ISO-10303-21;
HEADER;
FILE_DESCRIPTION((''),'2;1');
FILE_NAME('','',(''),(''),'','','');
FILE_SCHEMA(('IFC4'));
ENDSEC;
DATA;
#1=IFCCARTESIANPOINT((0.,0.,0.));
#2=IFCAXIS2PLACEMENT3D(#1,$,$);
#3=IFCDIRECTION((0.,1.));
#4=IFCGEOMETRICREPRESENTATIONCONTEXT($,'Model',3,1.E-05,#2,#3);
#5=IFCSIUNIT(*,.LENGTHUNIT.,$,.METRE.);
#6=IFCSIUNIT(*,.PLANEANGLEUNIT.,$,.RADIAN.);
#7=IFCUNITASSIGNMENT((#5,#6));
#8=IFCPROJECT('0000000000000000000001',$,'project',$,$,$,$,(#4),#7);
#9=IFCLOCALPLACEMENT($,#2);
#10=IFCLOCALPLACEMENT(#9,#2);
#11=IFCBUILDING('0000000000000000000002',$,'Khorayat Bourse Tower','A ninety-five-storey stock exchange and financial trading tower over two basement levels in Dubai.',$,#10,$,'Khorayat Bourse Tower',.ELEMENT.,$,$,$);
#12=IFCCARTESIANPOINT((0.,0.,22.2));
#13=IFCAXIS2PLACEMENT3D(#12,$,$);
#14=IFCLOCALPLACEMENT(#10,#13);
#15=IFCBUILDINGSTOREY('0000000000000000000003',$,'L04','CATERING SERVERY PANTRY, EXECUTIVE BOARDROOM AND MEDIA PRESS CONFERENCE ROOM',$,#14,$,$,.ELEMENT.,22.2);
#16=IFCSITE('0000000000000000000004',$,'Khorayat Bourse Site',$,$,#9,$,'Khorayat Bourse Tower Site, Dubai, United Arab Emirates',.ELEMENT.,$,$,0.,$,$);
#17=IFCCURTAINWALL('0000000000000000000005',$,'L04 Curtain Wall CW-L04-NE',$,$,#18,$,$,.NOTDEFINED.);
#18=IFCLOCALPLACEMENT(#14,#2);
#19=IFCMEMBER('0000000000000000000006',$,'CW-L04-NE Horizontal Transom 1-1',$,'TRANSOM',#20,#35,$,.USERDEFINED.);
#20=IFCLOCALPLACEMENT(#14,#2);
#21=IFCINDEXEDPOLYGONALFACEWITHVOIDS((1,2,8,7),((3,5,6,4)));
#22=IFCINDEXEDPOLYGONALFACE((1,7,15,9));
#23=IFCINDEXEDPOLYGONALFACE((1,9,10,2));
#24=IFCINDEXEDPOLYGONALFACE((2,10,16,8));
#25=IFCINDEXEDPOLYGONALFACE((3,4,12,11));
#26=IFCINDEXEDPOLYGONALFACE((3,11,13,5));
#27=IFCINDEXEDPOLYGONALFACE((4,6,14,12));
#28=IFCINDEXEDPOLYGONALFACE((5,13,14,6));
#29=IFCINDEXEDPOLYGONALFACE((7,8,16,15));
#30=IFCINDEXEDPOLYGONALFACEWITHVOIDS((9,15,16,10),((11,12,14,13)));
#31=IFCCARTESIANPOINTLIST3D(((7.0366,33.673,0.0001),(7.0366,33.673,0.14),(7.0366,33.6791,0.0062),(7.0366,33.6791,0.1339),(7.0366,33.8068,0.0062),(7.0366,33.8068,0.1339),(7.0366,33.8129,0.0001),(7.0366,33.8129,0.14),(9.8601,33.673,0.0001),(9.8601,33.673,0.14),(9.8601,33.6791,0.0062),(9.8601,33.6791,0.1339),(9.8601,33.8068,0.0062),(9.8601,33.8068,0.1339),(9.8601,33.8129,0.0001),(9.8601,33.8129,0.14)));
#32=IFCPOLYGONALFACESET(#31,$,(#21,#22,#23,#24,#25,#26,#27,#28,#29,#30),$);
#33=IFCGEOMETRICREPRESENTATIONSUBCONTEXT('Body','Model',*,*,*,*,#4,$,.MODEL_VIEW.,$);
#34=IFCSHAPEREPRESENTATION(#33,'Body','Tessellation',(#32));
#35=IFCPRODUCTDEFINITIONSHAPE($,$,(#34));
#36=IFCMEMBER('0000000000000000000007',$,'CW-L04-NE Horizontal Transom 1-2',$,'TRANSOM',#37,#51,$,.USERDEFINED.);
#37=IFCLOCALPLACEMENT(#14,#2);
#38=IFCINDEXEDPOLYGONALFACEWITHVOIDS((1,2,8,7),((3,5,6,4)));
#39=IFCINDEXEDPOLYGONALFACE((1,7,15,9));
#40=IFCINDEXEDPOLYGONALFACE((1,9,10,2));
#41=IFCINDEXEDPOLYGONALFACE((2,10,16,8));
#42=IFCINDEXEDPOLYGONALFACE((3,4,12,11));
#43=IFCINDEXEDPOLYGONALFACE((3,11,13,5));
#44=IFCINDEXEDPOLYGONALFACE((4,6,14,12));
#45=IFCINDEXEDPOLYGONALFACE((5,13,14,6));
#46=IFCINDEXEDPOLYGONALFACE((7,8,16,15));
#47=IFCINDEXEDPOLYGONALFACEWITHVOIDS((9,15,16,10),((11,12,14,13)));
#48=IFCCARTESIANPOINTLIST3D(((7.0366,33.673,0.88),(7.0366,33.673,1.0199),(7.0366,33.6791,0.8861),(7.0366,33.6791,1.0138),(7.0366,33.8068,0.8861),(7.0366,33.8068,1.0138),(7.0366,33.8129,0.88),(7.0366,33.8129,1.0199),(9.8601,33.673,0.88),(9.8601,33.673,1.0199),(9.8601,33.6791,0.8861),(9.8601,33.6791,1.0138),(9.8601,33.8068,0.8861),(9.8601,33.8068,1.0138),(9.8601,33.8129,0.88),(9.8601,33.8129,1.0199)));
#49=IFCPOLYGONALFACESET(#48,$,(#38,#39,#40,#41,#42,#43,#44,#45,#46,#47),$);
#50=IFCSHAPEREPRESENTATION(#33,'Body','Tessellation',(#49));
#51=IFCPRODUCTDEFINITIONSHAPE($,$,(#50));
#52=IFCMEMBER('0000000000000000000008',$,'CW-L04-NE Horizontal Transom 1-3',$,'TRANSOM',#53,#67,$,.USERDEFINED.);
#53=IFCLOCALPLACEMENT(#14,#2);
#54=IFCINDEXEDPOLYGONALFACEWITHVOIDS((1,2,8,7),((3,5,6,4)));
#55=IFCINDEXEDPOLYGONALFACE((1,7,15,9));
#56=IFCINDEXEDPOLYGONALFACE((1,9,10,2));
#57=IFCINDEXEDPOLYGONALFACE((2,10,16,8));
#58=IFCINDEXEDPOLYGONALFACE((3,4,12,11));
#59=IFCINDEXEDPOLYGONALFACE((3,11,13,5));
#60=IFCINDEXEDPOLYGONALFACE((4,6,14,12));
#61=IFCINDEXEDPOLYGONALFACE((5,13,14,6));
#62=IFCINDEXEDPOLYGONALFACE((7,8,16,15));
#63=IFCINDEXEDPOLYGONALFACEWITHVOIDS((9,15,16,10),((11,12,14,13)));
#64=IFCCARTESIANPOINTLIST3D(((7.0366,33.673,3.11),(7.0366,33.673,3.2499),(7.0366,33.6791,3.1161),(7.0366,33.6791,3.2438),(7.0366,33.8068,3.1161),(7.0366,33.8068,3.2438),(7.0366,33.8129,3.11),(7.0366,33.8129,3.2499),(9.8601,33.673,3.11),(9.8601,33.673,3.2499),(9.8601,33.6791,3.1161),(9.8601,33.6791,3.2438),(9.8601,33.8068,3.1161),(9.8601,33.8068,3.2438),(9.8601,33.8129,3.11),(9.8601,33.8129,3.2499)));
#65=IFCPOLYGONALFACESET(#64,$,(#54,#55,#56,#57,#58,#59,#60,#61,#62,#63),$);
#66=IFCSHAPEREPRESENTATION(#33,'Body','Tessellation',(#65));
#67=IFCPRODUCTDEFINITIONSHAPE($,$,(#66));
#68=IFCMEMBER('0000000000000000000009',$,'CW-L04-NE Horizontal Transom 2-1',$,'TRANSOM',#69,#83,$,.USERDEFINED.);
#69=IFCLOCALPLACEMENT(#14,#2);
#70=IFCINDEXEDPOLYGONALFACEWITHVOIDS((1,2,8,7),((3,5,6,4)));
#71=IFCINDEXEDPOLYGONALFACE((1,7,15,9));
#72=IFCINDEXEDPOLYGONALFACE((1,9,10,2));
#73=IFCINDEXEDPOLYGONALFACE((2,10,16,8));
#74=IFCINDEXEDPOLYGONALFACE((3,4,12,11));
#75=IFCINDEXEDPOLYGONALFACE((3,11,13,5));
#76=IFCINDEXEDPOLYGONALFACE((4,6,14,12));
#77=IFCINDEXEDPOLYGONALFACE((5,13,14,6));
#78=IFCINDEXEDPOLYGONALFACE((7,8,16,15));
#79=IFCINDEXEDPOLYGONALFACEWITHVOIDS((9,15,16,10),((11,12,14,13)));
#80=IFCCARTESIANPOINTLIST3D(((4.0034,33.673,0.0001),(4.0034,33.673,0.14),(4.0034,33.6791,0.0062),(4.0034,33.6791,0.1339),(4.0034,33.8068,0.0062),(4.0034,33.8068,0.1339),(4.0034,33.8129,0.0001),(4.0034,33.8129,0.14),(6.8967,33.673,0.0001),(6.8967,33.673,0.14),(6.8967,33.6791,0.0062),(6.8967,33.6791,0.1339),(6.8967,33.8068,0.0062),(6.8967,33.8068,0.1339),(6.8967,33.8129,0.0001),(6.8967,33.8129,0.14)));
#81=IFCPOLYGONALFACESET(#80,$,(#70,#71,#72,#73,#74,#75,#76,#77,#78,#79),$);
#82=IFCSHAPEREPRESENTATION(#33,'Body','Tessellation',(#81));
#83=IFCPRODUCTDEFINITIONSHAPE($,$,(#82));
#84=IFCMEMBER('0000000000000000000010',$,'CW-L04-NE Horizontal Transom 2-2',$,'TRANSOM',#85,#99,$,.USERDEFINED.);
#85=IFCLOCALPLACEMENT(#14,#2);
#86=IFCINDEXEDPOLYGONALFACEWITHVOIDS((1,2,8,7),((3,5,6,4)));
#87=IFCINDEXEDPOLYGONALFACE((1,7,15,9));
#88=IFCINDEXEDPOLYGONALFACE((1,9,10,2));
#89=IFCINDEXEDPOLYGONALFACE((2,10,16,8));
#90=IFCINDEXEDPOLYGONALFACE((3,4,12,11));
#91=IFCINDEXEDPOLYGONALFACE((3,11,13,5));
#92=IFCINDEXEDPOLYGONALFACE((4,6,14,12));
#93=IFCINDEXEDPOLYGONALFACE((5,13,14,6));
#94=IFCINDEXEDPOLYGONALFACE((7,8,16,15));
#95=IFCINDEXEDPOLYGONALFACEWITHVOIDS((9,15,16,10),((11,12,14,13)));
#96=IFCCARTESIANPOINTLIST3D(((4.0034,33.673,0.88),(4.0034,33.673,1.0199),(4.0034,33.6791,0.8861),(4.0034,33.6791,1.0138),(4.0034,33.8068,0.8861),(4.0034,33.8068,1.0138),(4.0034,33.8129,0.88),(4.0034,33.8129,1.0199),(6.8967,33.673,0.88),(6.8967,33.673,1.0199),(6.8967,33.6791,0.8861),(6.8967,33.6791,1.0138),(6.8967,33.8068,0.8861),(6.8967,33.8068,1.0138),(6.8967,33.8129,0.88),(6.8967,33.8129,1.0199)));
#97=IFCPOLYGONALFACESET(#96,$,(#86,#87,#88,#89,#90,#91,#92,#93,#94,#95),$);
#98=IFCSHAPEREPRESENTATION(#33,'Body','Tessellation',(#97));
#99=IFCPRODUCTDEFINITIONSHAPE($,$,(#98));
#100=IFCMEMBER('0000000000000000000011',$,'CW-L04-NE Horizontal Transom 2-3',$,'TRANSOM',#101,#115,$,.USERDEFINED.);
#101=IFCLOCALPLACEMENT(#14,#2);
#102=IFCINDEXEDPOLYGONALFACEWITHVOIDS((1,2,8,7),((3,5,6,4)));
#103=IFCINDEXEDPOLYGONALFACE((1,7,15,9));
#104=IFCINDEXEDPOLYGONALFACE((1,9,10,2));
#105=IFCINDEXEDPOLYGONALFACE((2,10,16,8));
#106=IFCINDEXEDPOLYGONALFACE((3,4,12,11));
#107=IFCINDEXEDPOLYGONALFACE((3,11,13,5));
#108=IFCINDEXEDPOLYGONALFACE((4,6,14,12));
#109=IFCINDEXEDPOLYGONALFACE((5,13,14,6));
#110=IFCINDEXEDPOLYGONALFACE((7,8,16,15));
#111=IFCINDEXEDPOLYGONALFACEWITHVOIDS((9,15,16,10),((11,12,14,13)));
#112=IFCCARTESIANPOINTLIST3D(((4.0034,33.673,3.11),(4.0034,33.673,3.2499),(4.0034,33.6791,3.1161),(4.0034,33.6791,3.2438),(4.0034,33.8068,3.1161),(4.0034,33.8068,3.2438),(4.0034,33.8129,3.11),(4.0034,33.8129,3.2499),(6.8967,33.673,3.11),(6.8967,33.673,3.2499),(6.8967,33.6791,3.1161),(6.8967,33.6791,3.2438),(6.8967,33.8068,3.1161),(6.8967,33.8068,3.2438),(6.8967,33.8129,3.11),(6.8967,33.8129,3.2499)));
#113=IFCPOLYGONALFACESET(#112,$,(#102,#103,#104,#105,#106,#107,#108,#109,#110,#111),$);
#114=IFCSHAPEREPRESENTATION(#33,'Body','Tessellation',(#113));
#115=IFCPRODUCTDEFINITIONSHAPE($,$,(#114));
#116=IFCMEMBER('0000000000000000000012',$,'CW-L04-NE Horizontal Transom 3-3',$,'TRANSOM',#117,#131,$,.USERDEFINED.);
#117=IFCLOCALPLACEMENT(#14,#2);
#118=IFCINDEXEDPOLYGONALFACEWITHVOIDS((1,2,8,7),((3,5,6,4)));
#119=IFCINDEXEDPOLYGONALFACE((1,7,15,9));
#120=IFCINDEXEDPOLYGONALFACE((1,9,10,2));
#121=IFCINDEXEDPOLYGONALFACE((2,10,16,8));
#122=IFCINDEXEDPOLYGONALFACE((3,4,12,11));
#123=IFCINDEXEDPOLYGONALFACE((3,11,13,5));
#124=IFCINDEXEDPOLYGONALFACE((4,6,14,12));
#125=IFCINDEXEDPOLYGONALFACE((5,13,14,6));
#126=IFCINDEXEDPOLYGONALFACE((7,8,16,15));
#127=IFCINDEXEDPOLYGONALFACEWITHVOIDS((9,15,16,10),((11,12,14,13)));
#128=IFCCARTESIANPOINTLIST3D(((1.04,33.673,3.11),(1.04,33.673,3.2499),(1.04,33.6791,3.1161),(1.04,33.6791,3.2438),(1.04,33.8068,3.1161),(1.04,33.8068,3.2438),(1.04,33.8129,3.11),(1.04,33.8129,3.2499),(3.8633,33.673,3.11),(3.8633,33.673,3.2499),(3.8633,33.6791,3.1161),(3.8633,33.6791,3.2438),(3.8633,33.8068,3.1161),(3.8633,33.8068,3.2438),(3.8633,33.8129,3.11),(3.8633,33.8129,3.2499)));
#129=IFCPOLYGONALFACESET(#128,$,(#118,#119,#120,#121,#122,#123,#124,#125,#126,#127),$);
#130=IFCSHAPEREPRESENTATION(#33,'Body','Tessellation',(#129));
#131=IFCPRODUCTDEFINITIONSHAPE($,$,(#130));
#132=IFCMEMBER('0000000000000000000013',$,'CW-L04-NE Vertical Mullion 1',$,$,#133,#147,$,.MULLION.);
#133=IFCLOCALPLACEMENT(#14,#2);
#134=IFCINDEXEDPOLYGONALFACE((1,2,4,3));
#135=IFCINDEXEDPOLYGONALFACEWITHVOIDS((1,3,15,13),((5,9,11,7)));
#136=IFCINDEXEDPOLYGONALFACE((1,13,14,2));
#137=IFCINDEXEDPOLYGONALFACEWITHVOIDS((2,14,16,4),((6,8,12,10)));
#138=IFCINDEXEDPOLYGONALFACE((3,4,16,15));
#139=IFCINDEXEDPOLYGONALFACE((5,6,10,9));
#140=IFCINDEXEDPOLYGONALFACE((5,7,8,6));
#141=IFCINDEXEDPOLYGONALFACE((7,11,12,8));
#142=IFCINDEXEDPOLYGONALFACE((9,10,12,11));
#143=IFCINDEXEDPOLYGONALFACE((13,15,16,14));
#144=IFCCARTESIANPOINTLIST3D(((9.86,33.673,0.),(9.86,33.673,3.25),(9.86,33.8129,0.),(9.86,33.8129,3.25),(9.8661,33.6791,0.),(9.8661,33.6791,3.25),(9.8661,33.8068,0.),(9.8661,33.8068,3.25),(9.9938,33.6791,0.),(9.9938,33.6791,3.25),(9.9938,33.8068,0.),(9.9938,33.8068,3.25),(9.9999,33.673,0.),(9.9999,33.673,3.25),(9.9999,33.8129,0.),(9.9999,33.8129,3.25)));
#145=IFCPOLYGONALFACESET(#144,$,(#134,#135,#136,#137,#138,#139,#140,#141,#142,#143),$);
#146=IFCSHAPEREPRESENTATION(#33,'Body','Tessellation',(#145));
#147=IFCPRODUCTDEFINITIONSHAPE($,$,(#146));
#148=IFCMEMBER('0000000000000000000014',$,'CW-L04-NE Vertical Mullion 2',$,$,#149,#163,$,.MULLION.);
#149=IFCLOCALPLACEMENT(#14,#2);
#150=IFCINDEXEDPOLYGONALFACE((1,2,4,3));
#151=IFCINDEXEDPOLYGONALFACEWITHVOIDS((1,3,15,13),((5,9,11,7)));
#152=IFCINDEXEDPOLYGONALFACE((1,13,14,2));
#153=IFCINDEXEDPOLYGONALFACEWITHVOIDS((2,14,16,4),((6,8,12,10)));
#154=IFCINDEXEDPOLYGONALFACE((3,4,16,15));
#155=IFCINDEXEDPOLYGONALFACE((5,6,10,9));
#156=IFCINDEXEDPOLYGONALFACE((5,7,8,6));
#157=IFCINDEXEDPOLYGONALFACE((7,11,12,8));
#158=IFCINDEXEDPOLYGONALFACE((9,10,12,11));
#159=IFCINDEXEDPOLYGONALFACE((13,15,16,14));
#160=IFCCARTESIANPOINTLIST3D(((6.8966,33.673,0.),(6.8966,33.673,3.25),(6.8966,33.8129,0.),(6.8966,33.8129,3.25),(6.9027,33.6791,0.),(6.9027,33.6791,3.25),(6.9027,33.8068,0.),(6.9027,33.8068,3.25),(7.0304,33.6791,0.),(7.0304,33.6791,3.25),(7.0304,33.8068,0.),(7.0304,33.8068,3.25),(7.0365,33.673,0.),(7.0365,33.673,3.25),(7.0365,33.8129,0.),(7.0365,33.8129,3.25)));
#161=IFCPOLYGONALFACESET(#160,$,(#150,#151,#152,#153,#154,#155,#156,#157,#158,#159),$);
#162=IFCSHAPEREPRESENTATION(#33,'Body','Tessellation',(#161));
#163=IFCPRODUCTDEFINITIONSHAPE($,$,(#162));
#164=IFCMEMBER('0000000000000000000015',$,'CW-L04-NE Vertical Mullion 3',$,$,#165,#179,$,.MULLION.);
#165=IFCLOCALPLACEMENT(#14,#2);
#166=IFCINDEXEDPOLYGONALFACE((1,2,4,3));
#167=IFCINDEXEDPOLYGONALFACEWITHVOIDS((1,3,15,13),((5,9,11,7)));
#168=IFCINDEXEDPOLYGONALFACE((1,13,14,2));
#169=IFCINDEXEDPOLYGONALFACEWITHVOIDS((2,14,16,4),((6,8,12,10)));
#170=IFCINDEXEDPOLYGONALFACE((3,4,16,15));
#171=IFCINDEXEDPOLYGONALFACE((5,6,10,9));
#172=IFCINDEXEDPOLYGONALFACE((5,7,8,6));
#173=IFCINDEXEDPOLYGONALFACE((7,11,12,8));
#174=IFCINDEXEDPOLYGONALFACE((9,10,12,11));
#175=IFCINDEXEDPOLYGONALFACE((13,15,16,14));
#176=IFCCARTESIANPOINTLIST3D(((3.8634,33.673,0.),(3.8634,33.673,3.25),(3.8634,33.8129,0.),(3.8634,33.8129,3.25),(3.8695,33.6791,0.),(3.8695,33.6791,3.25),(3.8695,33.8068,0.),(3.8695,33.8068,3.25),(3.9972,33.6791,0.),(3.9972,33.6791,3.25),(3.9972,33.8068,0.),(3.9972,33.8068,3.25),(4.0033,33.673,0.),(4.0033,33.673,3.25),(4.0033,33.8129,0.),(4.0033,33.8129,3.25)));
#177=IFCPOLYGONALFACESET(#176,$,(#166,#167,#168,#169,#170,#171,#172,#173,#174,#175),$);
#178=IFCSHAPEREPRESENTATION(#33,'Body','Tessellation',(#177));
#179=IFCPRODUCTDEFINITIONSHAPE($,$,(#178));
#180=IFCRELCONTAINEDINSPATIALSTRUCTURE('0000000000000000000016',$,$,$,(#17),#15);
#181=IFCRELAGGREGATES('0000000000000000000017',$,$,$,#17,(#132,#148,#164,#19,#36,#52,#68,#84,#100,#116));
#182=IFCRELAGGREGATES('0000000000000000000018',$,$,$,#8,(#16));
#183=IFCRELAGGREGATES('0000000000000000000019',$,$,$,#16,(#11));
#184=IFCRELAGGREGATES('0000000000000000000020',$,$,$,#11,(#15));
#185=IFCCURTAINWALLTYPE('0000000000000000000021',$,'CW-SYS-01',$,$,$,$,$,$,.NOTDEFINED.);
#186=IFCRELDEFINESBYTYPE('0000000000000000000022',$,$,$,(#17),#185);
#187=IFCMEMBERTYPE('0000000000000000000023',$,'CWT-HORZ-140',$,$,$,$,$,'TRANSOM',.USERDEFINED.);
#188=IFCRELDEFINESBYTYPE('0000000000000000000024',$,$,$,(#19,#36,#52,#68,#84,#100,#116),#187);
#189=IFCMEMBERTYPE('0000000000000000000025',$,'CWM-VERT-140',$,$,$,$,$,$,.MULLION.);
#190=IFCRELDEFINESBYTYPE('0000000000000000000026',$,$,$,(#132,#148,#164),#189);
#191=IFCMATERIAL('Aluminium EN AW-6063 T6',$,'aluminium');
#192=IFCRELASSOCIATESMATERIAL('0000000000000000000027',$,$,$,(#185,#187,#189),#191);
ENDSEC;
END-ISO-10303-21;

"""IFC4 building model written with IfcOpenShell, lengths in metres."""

from ifc_helpers import new_model, si_unit, direction, frame, origin, origin_2d, place, context, subcontext, project, spatial, hollow_rectangle, extrude, source, transform, mapped, material, material_profile, profile_set, type_object, element, aggregate, save


model = new_model("IFC4")

# Units and contexts
model_context = context("Model", 3, precision=1e-05, world=origin(), true_north=direction((0.0, 1.0)))
body_context = subcontext(model_context, "Body", "Model", "MODEL_VIEW")
ifc_project = project(units=[si_unit("LENGTHUNIT", "METRE"), si_unit("PLANEANGLEUNIT", "RADIAN")], contexts=[model_context])

# Site, building, storey
site_placement = place(None, origin())
site = spatial("IfcSite", under=ifc_project, at=site_placement, Name="Khorayat Bourse Site", LongName="Khorayat Bourse Tower Site, Dubai, United Arab Emirates", CompositionType="ELEMENT", RefElevation=0.0)
building_placement = place(site_placement, origin())
building = spatial("IfcBuilding", under=site, at=building_placement, Name="Khorayat Bourse Tower", Description="A ninety-five-storey stock exchange and financial trading tower over two basement levels in Dubai.", LongName="Khorayat Bourse Tower", CompositionType="ELEMENT")
storey_placement = place(building_placement, frame((0.0, 0.0, 22.2)))
storey = spatial("IfcBuildingStorey", under=building, at=storey_placement, Name="L04", Description="CATERING SERVERY PANTRY, EXECUTIVE BOARDROOM AND MEDIA PRESS CONFERENCE ROOM", CompositionType="ELEMENT", Elevation=22.2)

# Curtain wall, members
ifc_material_1 = material(Name="Aluminium EN AW-6063 T6", Category="aluminium")
curtain_wall_type = type_object("IfcCurtainWallType", Name="CW-SYS-01", PredefinedType="NOTDEFINED", material=ifc_material_1)
curtain_wall_placement = place(storey_placement, origin())
curtain_wall = element("IfcCurtainWall", 1, at=curtain_wall_placement, inside=storey, type_object=curtain_wall_type, Name="L04 Curtain Wall CW-L04-NE", PredefinedType="NOTDEFINED")
ifc_material_profile_1 = material_profile(ifc_material_1, hollow_rectangle(XDim=0.1399, YDim=0.1399, WallThickness=0.0061, at=origin_2d()), Name="ALU 140x140x6")
ifc_profile_set_1 = profile_set([ifc_material_profile_1], Name="Aluminium EN AW-6063 T6")
member_type_1 = type_object("IfcMemberType", Name="CWT-HORZ-140", ElementType="TRANSOM", PredefinedType="USERDEFINED", material=ifc_profile_set_1)
shared_shape_1 = source(origin(), body_context, "Body", "SweptSolid", [
    extrude(hollow_rectangle(XDim=0.1399, YDim=0.1399, WallThickness=0.0061, at=origin_2d()), origin(), (0.0, 0.0, 1.0), 2.8235),
])
member_1_placement = place(storey_placement, frame((9.8601, 33.7429, 0.0701), z_axis=(-1.0, 0.0, 0.0), x_axis=(0.0, -1.0, 0.0)))
member_1 = element("IfcMember", 2, at=member_1_placement, type_object=member_type_1, Name="CW-L04-NE Horizontal Transom 1-1", ObjectType="TRANSOM", PredefinedType="USERDEFINED", context=body_context, shape_type="MappedRepresentation", body=[
    mapped(shared_shape_1, transform((0.0, 0.0, 0.0), scale=1.0)),
])
member_2_placement = place(storey_placement, frame((9.8601, 33.7429, 0.95), z_axis=(-1.0, 0.0, 0.0), x_axis=(0.0, -1.0, 0.0)))
member_2 = element("IfcMember", 3, at=member_2_placement, type_object=member_type_1, Name="CW-L04-NE Horizontal Transom 1-2", ObjectType="TRANSOM", PredefinedType="USERDEFINED", context=body_context, shape_type="MappedRepresentation", body=[
    mapped(shared_shape_1, transform((0.0, 0.0, 0.0), scale=1.0)),
])
member_3_placement = place(storey_placement, frame((9.8601, 33.7429, 3.1799), z_axis=(-1.0, 0.0, 0.0), x_axis=(0.0, -1.0, 0.0)))
member_3 = element("IfcMember", 4, at=member_3_placement, type_object=member_type_1, Name="CW-L04-NE Horizontal Transom 1-3", ObjectType="TRANSOM", PredefinedType="USERDEFINED", context=body_context, shape_type="MappedRepresentation", body=[
    mapped(shared_shape_1, transform((0.0, 0.0, 0.0), scale=1.0)),
])
shared_shape_2 = source(origin(), body_context, "Body", "SweptSolid", [
    extrude(hollow_rectangle(XDim=0.1399, YDim=0.1399, WallThickness=0.0061, at=origin_2d()), origin(), (0.0, 0.0, 1.0), 2.8933),
])
member_4_placement = place(storey_placement, frame((6.8967, 33.7429, 0.0701), z_axis=(-1.0, 0.0, 0.0), x_axis=(0.0, -1.0, 0.0)))
member_4 = element("IfcMember", 5, at=member_4_placement, type_object=member_type_1, Name="CW-L04-NE Horizontal Transom 2-1", ObjectType="TRANSOM", PredefinedType="USERDEFINED", context=body_context, shape_type="MappedRepresentation", body=[
    mapped(shared_shape_2, transform((0.0, 0.0, 0.0), scale=1.0)),
])
member_5_placement = place(storey_placement, frame((6.8967, 33.7429, 0.95), z_axis=(-1.0, 0.0, 0.0), x_axis=(0.0, -1.0, 0.0)))
member_5 = element("IfcMember", 6, at=member_5_placement, type_object=member_type_1, Name="CW-L04-NE Horizontal Transom 2-2", ObjectType="TRANSOM", PredefinedType="USERDEFINED", context=body_context, shape_type="MappedRepresentation", body=[
    mapped(shared_shape_2, transform((0.0, 0.0, 0.0), scale=1.0)),
])
member_6_placement = place(storey_placement, frame((6.8967, 33.7429, 3.1799), z_axis=(-1.0, 0.0, 0.0), x_axis=(0.0, -1.0, 0.0)))
member_6 = element("IfcMember", 7, at=member_6_placement, type_object=member_type_1, Name="CW-L04-NE Horizontal Transom 2-3", ObjectType="TRANSOM", PredefinedType="USERDEFINED", context=body_context, shape_type="MappedRepresentation", body=[
    mapped(shared_shape_2, transform((0.0, 0.0, 0.0), scale=1.0)),
])
shared_shape_3 = source(origin(), body_context, "Body", "SweptSolid", [
    extrude(hollow_rectangle(XDim=0.1399, YDim=0.1399, WallThickness=0.0061, at=origin_2d()), origin(), (0.0, 0.0, 1.0), 2.8232),
])
member_7_placement = place(storey_placement, frame((3.8633, 33.7429, 3.1799), z_axis=(-1.0, 0.0, 0.0), x_axis=(0.0, -1.0, 0.0)))
member_7 = element("IfcMember", 8, at=member_7_placement, type_object=member_type_1, Name="CW-L04-NE Horizontal Transom 3-3", ObjectType="TRANSOM", PredefinedType="USERDEFINED", context=body_context, shape_type="MappedRepresentation", body=[
    mapped(shared_shape_3, transform((0.0, 0.0, 0.0), scale=1.0)),
])
ifc_material_profile_2 = material_profile(ifc_material_1, hollow_rectangle(XDim=0.1399, YDim=0.1399, WallThickness=0.0061, at=origin_2d()), Name="ALU 140x140x6")
ifc_profile_set_2 = profile_set([ifc_material_profile_2], Name="Aluminium EN AW-6063 T6")
member_type_2 = type_object("IfcMemberType", Name="CWM-VERT-140", PredefinedType="MULLION", material=ifc_profile_set_2)
shared_shape_4 = source(origin(), body_context, "Body", "SweptSolid", [
    extrude(hollow_rectangle(XDim=0.1399, YDim=0.1399, WallThickness=0.0061, at=origin_2d()), origin(), (0.0, 0.0, 1.0), 3.25),
])
member_8_placement = place(storey_placement, frame((9.9299, 33.7429, 0.0), z_axis=(0.0, 0.0, 1.0), x_axis=(0.0, -1.0, 0.0)))
member_8 = element("IfcMember", 9, at=member_8_placement, type_object=member_type_2, Name="CW-L04-NE Vertical Mullion 1", PredefinedType="MULLION", context=body_context, shape_type="MappedRepresentation", body=[
    mapped(shared_shape_4, transform((0.0, 0.0, 0.0), scale=1.0)),
])
member_9_placement = place(storey_placement, frame((6.9666, 33.7429, 0.0), z_axis=(0.0, 0.0, 1.0), x_axis=(0.0, -1.0, 0.0)))
member_9 = element("IfcMember", 10, at=member_9_placement, type_object=member_type_2, Name="CW-L04-NE Vertical Mullion 2", PredefinedType="MULLION", context=body_context, shape_type="MappedRepresentation", body=[
    mapped(shared_shape_4, transform((0.0, 0.0, 0.0), scale=1.0)),
])
member_10_placement = place(storey_placement, frame((3.9333, 33.7429, 0.0), z_axis=(0.0, 0.0, 1.0), x_axis=(0.0, -1.0, 0.0)))
member_10 = element("IfcMember", 11, at=member_10_placement, type_object=member_type_2, Name="CW-L04-NE Vertical Mullion 3", PredefinedType="MULLION", context=body_context, shape_type="MappedRepresentation", body=[
    mapped(shared_shape_4, transform((0.0, 0.0, 0.0), scale=1.0)),
])
aggregate(curtain_wall, [member_8, member_9, member_10, member_1, member_2, member_3, member_4, member_5, member_6, member_7])

save(model, "model.ifc")
